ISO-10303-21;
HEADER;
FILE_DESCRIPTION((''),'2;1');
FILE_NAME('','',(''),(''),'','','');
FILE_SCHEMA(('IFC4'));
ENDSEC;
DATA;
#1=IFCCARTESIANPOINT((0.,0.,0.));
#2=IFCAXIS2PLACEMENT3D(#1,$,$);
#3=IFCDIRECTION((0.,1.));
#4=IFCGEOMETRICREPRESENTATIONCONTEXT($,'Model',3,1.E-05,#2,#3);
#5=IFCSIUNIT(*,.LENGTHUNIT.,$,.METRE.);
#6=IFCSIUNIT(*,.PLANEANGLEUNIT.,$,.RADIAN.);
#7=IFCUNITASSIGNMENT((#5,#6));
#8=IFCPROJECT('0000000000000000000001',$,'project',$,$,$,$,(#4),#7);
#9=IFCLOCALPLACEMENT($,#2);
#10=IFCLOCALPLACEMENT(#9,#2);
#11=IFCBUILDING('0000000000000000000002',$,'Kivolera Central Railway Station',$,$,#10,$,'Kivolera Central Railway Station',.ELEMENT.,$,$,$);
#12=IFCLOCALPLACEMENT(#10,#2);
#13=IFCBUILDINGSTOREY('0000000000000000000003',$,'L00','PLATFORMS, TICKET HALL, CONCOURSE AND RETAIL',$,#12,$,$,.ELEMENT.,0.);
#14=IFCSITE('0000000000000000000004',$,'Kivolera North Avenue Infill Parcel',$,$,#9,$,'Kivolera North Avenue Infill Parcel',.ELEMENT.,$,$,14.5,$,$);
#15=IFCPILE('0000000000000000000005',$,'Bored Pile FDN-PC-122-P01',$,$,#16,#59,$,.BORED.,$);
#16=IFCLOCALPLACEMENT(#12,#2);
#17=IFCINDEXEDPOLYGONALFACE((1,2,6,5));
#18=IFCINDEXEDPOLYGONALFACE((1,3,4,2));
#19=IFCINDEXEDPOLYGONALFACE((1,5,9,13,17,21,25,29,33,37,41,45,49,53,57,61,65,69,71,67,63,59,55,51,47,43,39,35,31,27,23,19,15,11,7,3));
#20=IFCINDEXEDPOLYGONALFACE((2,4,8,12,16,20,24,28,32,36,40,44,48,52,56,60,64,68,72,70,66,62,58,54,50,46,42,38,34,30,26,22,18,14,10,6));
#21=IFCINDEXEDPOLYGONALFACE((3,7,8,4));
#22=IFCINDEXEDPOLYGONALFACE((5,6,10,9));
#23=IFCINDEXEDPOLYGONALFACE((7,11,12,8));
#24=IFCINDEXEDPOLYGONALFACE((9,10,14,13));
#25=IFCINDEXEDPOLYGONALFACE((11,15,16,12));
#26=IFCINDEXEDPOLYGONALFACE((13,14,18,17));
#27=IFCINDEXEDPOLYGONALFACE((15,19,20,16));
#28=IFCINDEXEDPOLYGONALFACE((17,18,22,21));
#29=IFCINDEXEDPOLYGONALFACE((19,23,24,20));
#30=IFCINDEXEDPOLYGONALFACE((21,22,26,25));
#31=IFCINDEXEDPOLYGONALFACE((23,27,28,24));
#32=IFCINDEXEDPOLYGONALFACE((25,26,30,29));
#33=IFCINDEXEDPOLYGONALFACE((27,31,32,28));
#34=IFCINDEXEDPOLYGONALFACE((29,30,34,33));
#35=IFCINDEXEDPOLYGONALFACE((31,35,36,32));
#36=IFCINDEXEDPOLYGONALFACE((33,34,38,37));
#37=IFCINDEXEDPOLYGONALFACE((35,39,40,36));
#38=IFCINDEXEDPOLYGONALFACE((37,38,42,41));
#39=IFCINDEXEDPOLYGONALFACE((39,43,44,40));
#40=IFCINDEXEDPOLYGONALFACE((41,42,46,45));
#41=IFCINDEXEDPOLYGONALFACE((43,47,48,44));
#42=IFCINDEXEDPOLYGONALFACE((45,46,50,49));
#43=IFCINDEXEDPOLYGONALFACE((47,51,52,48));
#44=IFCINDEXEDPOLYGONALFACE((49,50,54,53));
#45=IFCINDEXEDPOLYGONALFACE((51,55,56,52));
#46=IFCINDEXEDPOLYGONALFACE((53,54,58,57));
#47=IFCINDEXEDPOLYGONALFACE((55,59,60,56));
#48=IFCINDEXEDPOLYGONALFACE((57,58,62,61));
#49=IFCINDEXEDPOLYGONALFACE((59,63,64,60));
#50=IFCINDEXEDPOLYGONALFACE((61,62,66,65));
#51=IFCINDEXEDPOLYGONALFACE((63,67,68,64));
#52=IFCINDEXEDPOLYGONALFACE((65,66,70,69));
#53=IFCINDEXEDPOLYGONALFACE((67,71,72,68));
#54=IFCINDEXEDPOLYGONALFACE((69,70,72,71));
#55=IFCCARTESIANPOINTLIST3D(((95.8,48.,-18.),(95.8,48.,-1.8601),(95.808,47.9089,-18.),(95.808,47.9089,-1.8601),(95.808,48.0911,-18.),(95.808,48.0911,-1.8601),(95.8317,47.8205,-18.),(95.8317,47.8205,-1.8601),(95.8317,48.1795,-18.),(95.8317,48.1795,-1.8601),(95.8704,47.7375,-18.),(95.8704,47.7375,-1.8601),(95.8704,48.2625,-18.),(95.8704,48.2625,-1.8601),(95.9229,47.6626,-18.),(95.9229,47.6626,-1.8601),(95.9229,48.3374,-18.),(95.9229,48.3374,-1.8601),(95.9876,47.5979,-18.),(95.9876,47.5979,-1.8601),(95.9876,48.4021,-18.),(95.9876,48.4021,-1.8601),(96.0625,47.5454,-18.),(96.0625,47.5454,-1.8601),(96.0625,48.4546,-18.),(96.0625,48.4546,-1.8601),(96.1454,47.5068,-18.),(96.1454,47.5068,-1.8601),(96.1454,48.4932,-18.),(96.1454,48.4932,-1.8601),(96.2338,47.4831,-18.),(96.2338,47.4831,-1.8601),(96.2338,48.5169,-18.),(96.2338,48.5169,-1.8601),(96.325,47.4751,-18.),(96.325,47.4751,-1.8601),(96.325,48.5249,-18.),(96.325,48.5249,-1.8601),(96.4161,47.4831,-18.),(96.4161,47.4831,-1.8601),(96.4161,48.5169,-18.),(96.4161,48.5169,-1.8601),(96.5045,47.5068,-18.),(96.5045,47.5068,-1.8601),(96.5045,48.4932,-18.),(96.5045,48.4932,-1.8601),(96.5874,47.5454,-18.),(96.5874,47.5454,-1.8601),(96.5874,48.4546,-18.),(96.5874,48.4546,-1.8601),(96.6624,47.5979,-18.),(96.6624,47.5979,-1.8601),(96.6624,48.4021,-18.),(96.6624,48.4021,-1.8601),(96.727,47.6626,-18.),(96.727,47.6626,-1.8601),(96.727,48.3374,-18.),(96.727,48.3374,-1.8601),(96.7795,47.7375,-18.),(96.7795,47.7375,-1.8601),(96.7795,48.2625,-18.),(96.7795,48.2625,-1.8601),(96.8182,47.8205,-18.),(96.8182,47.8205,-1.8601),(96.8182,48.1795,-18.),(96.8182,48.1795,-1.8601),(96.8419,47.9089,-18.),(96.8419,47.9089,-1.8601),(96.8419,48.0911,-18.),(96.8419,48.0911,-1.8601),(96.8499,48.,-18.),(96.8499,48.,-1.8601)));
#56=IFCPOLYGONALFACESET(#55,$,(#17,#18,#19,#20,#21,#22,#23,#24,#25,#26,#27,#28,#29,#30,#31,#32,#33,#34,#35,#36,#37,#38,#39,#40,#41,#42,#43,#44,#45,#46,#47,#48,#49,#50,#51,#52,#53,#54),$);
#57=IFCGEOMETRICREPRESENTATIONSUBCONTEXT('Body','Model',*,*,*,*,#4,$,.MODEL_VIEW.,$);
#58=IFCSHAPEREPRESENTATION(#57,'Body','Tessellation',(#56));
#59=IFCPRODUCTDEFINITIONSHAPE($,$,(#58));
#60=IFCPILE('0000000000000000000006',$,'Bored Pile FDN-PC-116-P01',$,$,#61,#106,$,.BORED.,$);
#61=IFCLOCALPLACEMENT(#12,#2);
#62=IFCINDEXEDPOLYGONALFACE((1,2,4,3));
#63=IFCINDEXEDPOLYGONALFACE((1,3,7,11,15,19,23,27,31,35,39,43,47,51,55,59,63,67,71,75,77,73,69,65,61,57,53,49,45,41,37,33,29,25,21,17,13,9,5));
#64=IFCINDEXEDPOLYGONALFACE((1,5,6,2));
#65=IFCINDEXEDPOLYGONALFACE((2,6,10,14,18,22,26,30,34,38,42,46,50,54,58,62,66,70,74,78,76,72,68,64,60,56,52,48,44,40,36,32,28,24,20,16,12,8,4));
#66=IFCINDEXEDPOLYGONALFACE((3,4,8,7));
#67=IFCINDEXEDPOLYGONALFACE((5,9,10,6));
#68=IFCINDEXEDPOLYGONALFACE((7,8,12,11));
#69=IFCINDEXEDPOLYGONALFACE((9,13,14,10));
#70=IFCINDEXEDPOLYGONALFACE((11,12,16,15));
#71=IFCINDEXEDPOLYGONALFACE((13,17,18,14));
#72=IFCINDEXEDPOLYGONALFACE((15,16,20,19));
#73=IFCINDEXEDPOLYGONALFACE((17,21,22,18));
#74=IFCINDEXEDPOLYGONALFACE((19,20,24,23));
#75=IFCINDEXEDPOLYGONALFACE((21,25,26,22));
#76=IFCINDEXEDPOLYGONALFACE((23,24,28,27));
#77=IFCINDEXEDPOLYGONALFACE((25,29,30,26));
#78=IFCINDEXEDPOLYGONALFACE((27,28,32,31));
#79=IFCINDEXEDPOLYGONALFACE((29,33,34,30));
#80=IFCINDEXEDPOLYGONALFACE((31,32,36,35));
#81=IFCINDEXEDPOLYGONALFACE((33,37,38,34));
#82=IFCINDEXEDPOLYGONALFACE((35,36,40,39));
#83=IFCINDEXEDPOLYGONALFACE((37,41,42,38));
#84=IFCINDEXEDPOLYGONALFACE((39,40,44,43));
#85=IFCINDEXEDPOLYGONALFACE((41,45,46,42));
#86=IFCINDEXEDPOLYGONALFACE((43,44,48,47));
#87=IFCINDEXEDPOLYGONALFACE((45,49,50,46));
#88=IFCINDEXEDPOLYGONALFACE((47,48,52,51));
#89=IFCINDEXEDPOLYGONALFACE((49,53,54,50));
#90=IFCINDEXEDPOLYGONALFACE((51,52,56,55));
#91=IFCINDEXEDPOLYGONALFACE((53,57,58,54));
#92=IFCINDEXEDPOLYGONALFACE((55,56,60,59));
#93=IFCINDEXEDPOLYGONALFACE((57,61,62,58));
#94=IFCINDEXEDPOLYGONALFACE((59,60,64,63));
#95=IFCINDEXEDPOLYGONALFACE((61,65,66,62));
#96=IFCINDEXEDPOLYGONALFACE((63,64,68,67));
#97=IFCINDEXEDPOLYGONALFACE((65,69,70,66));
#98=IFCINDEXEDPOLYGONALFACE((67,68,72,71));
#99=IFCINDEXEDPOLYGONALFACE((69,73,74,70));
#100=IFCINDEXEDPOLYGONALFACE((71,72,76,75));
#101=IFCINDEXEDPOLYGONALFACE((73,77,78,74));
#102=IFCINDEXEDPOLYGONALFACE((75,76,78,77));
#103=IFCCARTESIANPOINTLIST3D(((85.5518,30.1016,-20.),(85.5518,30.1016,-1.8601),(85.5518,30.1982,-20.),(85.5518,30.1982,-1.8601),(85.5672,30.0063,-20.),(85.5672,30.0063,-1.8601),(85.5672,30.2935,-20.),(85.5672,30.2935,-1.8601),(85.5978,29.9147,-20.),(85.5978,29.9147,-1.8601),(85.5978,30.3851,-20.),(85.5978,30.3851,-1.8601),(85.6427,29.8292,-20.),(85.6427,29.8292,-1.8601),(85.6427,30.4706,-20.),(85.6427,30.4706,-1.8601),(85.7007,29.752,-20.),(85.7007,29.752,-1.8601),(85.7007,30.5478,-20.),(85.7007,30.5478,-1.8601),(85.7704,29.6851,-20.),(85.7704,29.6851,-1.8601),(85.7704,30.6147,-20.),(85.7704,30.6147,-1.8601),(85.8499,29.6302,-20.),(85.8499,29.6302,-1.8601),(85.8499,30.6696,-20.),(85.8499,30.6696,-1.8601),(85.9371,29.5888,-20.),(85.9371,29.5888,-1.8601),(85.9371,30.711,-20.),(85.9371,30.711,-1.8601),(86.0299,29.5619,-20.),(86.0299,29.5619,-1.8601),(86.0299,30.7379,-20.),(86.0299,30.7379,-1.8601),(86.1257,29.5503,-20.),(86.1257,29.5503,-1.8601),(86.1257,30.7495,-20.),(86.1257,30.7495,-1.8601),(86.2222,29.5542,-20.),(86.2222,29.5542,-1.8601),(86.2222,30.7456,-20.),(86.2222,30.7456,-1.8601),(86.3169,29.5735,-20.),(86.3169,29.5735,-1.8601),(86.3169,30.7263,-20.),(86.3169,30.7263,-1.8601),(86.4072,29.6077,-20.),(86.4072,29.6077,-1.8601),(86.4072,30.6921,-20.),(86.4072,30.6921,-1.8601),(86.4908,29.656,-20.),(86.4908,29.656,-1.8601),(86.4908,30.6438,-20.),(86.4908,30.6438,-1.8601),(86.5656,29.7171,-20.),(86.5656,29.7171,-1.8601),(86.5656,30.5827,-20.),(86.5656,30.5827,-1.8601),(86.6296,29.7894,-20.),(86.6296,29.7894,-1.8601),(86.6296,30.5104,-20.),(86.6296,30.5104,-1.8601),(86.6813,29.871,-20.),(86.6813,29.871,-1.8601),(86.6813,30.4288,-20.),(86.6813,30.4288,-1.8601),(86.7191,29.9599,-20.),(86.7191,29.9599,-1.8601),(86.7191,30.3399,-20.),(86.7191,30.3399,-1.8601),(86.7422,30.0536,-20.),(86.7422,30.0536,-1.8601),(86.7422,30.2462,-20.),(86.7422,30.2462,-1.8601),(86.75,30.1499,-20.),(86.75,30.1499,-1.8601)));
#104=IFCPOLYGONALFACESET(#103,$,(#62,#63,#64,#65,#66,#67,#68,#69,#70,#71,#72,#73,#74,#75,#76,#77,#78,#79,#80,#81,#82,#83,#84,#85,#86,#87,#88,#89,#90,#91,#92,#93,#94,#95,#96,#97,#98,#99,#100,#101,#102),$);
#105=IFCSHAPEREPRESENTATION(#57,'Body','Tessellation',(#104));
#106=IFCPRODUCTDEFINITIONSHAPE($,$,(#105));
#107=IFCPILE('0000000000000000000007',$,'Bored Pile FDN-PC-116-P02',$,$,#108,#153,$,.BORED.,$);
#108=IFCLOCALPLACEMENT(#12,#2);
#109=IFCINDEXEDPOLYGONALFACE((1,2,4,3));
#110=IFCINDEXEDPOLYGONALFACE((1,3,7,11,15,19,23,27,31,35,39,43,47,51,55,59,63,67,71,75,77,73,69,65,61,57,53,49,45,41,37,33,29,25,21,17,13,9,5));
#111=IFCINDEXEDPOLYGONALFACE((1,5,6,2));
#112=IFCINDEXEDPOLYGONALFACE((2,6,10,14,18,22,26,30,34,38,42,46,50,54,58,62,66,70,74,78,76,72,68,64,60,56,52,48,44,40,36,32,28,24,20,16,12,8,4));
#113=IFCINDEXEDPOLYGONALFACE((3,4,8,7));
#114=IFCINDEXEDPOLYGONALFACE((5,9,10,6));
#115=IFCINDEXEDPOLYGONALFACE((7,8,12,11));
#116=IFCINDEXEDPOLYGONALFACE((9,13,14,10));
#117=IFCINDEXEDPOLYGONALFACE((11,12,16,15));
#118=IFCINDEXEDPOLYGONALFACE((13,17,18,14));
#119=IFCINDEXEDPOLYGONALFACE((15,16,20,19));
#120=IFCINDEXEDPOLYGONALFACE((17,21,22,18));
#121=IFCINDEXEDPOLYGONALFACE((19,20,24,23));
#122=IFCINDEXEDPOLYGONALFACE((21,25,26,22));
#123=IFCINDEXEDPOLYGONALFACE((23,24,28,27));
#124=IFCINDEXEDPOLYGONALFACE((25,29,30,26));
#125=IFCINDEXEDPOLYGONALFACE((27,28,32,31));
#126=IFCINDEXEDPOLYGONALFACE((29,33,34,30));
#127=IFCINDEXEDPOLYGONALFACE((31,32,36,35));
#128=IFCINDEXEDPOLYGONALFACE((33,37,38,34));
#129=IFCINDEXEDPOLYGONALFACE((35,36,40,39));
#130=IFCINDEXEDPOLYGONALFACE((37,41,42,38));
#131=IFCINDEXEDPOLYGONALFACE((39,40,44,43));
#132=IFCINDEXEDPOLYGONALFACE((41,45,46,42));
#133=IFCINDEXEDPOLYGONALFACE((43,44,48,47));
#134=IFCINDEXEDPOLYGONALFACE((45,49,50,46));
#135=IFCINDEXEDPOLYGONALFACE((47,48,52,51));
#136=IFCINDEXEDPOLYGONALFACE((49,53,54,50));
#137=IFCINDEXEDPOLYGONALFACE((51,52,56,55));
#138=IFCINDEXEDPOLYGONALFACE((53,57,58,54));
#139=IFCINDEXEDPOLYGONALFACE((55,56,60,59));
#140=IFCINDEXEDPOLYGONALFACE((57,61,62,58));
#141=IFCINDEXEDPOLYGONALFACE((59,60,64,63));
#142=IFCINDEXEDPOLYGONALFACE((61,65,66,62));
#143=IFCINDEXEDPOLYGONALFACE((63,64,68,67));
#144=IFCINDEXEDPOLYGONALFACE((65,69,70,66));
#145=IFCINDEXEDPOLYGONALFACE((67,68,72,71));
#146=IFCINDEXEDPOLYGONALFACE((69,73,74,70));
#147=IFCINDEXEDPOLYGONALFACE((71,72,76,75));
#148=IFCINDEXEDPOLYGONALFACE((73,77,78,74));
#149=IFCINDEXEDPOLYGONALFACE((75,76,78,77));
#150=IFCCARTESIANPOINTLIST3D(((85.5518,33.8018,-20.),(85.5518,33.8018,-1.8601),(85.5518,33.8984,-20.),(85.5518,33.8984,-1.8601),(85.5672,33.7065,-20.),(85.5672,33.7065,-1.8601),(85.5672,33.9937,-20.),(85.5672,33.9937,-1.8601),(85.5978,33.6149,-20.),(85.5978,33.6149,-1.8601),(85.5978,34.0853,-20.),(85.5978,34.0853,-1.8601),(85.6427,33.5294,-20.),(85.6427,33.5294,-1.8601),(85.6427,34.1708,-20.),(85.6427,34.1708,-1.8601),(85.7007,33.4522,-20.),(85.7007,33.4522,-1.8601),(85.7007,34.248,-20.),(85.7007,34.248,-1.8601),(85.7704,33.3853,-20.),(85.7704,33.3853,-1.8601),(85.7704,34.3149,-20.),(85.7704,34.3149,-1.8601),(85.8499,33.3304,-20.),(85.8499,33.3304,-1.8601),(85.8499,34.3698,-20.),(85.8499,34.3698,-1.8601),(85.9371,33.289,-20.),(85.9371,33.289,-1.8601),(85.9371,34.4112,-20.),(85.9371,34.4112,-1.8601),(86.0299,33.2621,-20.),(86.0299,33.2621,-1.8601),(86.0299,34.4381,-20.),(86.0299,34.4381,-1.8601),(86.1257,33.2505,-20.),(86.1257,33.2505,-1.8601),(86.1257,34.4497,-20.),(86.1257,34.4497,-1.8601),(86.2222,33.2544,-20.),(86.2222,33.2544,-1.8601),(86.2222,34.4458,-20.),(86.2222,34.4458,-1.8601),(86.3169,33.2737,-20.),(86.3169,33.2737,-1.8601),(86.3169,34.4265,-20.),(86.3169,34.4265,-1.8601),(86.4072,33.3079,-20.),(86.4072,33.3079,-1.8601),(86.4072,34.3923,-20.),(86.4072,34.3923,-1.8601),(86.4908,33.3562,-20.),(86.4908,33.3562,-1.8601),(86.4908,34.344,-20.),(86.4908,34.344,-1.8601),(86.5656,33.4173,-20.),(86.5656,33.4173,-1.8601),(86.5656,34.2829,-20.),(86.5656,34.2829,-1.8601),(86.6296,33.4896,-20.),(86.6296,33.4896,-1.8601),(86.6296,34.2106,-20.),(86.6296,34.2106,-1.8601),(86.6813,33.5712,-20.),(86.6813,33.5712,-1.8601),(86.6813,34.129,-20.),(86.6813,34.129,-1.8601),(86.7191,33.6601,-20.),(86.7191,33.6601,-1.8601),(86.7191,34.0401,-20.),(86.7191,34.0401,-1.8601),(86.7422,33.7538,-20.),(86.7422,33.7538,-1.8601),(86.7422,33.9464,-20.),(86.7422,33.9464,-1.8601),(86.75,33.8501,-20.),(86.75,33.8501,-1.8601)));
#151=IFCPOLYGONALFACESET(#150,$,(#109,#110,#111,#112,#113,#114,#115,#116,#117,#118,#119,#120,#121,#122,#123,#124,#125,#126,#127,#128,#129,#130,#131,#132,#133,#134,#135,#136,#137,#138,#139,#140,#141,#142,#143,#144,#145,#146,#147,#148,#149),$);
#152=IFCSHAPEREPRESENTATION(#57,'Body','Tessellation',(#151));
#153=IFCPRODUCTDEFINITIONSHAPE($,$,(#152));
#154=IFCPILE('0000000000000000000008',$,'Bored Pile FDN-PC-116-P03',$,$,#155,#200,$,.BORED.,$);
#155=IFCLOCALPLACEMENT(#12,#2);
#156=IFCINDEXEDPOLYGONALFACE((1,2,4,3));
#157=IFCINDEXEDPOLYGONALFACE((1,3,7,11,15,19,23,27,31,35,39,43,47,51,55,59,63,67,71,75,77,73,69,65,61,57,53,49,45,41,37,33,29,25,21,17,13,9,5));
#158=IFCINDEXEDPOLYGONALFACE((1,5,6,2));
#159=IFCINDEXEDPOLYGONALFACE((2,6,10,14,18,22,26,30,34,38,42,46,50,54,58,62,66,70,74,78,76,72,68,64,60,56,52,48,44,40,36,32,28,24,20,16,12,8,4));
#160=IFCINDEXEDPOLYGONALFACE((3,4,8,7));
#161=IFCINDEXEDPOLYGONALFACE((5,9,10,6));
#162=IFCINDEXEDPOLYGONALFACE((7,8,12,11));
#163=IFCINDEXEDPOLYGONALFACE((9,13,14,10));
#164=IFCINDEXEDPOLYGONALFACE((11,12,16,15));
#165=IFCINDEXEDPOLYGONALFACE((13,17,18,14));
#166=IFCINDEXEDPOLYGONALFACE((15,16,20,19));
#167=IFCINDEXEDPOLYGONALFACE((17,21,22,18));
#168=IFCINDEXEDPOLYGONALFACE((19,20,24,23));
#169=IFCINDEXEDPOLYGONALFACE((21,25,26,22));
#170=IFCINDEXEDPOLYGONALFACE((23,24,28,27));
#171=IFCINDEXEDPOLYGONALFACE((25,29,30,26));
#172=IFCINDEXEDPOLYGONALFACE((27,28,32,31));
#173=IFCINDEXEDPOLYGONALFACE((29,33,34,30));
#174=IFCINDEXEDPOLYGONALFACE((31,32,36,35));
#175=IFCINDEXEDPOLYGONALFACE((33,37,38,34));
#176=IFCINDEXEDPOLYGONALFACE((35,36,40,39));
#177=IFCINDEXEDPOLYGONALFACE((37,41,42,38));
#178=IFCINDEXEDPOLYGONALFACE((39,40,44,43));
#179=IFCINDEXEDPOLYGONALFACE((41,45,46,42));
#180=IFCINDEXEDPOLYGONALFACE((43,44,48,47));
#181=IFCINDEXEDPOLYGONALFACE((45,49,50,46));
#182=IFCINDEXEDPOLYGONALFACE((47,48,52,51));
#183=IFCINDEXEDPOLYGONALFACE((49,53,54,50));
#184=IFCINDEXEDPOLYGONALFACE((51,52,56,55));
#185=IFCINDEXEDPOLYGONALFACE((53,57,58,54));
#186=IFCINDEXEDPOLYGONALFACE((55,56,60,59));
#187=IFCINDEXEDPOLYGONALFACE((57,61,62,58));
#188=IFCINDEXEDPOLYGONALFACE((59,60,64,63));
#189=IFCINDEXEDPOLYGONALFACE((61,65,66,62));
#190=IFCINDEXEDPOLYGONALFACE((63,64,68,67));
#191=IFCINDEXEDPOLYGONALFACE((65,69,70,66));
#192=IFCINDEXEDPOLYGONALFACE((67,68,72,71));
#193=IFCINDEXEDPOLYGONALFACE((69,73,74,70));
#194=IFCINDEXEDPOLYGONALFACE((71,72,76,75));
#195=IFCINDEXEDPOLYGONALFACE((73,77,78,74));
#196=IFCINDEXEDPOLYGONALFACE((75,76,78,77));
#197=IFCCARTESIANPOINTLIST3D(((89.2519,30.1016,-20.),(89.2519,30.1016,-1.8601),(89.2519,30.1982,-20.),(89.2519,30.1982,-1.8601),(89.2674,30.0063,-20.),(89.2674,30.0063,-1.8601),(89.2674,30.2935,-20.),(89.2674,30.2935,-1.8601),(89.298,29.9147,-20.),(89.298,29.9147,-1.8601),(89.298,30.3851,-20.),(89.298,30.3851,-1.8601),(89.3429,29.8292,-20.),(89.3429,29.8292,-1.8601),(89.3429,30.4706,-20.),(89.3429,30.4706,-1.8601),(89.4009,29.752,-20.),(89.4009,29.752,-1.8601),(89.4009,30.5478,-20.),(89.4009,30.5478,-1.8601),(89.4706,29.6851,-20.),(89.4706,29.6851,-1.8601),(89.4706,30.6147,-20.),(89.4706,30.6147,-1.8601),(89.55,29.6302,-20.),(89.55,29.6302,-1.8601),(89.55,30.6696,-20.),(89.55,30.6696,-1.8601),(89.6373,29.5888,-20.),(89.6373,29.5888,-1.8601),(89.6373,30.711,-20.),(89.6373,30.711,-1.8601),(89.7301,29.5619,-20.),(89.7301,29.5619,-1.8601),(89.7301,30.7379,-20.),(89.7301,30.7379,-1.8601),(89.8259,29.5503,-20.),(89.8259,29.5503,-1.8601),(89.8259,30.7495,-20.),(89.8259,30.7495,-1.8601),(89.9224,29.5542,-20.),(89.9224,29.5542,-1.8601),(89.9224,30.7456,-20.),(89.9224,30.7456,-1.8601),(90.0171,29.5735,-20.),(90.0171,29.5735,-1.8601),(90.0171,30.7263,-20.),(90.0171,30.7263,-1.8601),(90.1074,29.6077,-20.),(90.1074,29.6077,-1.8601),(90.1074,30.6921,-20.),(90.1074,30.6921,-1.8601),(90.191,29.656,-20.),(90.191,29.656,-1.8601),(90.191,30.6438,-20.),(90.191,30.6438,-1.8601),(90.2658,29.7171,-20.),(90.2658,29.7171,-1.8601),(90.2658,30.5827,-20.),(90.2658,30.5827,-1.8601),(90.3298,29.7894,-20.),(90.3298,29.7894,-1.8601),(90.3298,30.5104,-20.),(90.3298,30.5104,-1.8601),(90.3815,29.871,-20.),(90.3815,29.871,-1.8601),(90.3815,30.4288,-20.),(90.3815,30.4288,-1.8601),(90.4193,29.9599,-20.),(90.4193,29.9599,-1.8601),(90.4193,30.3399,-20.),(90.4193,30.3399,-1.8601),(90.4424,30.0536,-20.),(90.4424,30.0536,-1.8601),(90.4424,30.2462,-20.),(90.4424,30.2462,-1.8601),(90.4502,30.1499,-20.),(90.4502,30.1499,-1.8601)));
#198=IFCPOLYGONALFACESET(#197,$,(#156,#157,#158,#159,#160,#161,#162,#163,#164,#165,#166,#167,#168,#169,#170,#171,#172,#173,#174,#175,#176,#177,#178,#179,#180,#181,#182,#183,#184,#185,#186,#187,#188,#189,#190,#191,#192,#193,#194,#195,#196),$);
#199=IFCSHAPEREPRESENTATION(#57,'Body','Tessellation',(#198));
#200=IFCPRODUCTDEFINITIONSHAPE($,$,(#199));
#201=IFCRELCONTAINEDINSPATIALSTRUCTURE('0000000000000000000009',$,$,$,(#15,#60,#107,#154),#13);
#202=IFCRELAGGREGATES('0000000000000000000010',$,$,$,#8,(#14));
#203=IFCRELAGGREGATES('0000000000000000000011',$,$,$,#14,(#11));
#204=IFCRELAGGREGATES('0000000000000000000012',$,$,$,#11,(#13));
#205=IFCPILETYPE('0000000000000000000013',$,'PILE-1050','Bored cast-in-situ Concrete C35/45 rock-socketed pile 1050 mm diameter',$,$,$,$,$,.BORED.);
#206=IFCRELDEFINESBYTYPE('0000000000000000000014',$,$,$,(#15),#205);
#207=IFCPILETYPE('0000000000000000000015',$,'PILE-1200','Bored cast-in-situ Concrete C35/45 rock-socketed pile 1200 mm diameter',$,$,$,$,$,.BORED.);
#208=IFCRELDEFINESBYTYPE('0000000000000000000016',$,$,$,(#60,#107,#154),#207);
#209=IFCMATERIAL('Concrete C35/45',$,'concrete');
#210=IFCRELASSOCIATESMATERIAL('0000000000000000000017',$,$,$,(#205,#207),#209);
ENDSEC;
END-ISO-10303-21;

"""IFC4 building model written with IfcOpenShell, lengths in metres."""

from ifc_helpers import new_model, si_unit, direction, frame, origin, origin_2d, place, context, subcontext, project, spatial, circle, extrude, material, material_profile, profile_set, type_object, element, save


model = new_model("IFC4")

# Units and contexts
model_context = context("Model", 3, precision=1e-05, world=origin(), true_north=direction((0.0, 1.0)))
body_context = subcontext(model_context, "Body", "Model", "MODEL_VIEW")
ifc_project = project(units=[si_unit("LENGTHUNIT", "METRE"), si_unit("PLANEANGLEUNIT", "RADIAN")], contexts=[model_context])

# Site, building, storey
site_placement = place(None, origin())
site = spatial("IfcSite", under=ifc_project, at=site_placement, Name="Kivolera North Avenue Infill Parcel", LongName="Kivolera North Avenue Infill Parcel", CompositionType="ELEMENT", RefElevation=14.5)
building_placement = place(site_placement, origin())
building = spatial("IfcBuilding", under=site, at=building_placement, Name="Kivolera Central Railway Station", LongName="Kivolera Central Railway Station", CompositionType="ELEMENT")
storey_placement = place(building_placement, origin())
storey = spatial("IfcBuildingStorey", under=building, at=storey_placement, Name="L00", Description="PLATFORMS, TICKET HALL, CONCOURSE AND RETAIL", CompositionType="ELEMENT", Elevation=0.0)

# Shared definitions
ifc_material_1 = material(Name="Concrete C35/45", Category="concrete")

# Piles
ifc_material_profile_1 = material_profile(ifc_material_1, circle(Radius=0.5249, at=origin_2d()), Name="PILE D1050")
ifc_profile_set_1 = profile_set([ifc_material_profile_1], Name="Concrete C35/45")
pile_type_1 = type_object("IfcPileType", Name="PILE-1050", Description="Bored cast-in-situ Concrete C35/45 rock-socketed pile 1050 mm diameter", PredefinedType="BORED", material=ifc_profile_set_1)
for number, where, z_axis, x_axis, name in (
    (1, (96.325, 48.0, -1.8601), (0.0, 0.0, -1.0), (1.0, 0.0, 0.0), "Bored Pile FDN-PC-122-P01"),
):
    element("IfcPile", number, at=place(storey_placement, frame(where, z_axis=z_axis, x_axis=x_axis)), inside=storey, type_object=pile_type_1, Name=name, PredefinedType="BORED", context=body_context, shape_type="SweptSolid", body=[
        extrude(circle(Radius=0.5249, at=origin_2d()), origin(), (0.0, 0.0, 1.0), 16.1399),
    ])
ifc_material_profile_2 = material_profile(ifc_material_1, circle(Radius=0.6001, at=origin_2d()), Name="PILE D1200")
ifc_profile_set_2 = profile_set([ifc_material_profile_2], Name="Concrete C35/45")
pile_type_2 = type_object("IfcPileType", Name="PILE-1200", Description="Bored cast-in-situ Concrete C35/45 rock-socketed pile 1200 mm diameter", PredefinedType="BORED", material=ifc_profile_set_2)
for number, where, z_axis, x_axis, name in (
    (2, (86.1499, 30.1499, -1.8601), (0.0, 0.0, -1.0), (1.0, 0.0, 0.0), "Bored Pile FDN-PC-116-P01"),
    (3, (86.1499, 33.8501, -1.8601), (0.0, 0.0, -1.0), (1.0, 0.0, 0.0), "Bored Pile FDN-PC-116-P02"),
    (4, (89.8501, 30.1499, -1.8601), (0.0, 0.0, -1.0), (1.0, 0.0, 0.0), "Bored Pile FDN-PC-116-P03"),
):
    element("IfcPile", number, at=place(storey_placement, frame(where, z_axis=z_axis, x_axis=x_axis)), inside=storey, type_object=pile_type_2, Name=name, PredefinedType="BORED", context=body_context, shape_type="SweptSolid", body=[
        extrude(circle(Radius=0.6001, at=origin_2d()), origin(), (0.0, 0.0, 1.0), 18.1399),
    ])

save(model, "model.ifc")
